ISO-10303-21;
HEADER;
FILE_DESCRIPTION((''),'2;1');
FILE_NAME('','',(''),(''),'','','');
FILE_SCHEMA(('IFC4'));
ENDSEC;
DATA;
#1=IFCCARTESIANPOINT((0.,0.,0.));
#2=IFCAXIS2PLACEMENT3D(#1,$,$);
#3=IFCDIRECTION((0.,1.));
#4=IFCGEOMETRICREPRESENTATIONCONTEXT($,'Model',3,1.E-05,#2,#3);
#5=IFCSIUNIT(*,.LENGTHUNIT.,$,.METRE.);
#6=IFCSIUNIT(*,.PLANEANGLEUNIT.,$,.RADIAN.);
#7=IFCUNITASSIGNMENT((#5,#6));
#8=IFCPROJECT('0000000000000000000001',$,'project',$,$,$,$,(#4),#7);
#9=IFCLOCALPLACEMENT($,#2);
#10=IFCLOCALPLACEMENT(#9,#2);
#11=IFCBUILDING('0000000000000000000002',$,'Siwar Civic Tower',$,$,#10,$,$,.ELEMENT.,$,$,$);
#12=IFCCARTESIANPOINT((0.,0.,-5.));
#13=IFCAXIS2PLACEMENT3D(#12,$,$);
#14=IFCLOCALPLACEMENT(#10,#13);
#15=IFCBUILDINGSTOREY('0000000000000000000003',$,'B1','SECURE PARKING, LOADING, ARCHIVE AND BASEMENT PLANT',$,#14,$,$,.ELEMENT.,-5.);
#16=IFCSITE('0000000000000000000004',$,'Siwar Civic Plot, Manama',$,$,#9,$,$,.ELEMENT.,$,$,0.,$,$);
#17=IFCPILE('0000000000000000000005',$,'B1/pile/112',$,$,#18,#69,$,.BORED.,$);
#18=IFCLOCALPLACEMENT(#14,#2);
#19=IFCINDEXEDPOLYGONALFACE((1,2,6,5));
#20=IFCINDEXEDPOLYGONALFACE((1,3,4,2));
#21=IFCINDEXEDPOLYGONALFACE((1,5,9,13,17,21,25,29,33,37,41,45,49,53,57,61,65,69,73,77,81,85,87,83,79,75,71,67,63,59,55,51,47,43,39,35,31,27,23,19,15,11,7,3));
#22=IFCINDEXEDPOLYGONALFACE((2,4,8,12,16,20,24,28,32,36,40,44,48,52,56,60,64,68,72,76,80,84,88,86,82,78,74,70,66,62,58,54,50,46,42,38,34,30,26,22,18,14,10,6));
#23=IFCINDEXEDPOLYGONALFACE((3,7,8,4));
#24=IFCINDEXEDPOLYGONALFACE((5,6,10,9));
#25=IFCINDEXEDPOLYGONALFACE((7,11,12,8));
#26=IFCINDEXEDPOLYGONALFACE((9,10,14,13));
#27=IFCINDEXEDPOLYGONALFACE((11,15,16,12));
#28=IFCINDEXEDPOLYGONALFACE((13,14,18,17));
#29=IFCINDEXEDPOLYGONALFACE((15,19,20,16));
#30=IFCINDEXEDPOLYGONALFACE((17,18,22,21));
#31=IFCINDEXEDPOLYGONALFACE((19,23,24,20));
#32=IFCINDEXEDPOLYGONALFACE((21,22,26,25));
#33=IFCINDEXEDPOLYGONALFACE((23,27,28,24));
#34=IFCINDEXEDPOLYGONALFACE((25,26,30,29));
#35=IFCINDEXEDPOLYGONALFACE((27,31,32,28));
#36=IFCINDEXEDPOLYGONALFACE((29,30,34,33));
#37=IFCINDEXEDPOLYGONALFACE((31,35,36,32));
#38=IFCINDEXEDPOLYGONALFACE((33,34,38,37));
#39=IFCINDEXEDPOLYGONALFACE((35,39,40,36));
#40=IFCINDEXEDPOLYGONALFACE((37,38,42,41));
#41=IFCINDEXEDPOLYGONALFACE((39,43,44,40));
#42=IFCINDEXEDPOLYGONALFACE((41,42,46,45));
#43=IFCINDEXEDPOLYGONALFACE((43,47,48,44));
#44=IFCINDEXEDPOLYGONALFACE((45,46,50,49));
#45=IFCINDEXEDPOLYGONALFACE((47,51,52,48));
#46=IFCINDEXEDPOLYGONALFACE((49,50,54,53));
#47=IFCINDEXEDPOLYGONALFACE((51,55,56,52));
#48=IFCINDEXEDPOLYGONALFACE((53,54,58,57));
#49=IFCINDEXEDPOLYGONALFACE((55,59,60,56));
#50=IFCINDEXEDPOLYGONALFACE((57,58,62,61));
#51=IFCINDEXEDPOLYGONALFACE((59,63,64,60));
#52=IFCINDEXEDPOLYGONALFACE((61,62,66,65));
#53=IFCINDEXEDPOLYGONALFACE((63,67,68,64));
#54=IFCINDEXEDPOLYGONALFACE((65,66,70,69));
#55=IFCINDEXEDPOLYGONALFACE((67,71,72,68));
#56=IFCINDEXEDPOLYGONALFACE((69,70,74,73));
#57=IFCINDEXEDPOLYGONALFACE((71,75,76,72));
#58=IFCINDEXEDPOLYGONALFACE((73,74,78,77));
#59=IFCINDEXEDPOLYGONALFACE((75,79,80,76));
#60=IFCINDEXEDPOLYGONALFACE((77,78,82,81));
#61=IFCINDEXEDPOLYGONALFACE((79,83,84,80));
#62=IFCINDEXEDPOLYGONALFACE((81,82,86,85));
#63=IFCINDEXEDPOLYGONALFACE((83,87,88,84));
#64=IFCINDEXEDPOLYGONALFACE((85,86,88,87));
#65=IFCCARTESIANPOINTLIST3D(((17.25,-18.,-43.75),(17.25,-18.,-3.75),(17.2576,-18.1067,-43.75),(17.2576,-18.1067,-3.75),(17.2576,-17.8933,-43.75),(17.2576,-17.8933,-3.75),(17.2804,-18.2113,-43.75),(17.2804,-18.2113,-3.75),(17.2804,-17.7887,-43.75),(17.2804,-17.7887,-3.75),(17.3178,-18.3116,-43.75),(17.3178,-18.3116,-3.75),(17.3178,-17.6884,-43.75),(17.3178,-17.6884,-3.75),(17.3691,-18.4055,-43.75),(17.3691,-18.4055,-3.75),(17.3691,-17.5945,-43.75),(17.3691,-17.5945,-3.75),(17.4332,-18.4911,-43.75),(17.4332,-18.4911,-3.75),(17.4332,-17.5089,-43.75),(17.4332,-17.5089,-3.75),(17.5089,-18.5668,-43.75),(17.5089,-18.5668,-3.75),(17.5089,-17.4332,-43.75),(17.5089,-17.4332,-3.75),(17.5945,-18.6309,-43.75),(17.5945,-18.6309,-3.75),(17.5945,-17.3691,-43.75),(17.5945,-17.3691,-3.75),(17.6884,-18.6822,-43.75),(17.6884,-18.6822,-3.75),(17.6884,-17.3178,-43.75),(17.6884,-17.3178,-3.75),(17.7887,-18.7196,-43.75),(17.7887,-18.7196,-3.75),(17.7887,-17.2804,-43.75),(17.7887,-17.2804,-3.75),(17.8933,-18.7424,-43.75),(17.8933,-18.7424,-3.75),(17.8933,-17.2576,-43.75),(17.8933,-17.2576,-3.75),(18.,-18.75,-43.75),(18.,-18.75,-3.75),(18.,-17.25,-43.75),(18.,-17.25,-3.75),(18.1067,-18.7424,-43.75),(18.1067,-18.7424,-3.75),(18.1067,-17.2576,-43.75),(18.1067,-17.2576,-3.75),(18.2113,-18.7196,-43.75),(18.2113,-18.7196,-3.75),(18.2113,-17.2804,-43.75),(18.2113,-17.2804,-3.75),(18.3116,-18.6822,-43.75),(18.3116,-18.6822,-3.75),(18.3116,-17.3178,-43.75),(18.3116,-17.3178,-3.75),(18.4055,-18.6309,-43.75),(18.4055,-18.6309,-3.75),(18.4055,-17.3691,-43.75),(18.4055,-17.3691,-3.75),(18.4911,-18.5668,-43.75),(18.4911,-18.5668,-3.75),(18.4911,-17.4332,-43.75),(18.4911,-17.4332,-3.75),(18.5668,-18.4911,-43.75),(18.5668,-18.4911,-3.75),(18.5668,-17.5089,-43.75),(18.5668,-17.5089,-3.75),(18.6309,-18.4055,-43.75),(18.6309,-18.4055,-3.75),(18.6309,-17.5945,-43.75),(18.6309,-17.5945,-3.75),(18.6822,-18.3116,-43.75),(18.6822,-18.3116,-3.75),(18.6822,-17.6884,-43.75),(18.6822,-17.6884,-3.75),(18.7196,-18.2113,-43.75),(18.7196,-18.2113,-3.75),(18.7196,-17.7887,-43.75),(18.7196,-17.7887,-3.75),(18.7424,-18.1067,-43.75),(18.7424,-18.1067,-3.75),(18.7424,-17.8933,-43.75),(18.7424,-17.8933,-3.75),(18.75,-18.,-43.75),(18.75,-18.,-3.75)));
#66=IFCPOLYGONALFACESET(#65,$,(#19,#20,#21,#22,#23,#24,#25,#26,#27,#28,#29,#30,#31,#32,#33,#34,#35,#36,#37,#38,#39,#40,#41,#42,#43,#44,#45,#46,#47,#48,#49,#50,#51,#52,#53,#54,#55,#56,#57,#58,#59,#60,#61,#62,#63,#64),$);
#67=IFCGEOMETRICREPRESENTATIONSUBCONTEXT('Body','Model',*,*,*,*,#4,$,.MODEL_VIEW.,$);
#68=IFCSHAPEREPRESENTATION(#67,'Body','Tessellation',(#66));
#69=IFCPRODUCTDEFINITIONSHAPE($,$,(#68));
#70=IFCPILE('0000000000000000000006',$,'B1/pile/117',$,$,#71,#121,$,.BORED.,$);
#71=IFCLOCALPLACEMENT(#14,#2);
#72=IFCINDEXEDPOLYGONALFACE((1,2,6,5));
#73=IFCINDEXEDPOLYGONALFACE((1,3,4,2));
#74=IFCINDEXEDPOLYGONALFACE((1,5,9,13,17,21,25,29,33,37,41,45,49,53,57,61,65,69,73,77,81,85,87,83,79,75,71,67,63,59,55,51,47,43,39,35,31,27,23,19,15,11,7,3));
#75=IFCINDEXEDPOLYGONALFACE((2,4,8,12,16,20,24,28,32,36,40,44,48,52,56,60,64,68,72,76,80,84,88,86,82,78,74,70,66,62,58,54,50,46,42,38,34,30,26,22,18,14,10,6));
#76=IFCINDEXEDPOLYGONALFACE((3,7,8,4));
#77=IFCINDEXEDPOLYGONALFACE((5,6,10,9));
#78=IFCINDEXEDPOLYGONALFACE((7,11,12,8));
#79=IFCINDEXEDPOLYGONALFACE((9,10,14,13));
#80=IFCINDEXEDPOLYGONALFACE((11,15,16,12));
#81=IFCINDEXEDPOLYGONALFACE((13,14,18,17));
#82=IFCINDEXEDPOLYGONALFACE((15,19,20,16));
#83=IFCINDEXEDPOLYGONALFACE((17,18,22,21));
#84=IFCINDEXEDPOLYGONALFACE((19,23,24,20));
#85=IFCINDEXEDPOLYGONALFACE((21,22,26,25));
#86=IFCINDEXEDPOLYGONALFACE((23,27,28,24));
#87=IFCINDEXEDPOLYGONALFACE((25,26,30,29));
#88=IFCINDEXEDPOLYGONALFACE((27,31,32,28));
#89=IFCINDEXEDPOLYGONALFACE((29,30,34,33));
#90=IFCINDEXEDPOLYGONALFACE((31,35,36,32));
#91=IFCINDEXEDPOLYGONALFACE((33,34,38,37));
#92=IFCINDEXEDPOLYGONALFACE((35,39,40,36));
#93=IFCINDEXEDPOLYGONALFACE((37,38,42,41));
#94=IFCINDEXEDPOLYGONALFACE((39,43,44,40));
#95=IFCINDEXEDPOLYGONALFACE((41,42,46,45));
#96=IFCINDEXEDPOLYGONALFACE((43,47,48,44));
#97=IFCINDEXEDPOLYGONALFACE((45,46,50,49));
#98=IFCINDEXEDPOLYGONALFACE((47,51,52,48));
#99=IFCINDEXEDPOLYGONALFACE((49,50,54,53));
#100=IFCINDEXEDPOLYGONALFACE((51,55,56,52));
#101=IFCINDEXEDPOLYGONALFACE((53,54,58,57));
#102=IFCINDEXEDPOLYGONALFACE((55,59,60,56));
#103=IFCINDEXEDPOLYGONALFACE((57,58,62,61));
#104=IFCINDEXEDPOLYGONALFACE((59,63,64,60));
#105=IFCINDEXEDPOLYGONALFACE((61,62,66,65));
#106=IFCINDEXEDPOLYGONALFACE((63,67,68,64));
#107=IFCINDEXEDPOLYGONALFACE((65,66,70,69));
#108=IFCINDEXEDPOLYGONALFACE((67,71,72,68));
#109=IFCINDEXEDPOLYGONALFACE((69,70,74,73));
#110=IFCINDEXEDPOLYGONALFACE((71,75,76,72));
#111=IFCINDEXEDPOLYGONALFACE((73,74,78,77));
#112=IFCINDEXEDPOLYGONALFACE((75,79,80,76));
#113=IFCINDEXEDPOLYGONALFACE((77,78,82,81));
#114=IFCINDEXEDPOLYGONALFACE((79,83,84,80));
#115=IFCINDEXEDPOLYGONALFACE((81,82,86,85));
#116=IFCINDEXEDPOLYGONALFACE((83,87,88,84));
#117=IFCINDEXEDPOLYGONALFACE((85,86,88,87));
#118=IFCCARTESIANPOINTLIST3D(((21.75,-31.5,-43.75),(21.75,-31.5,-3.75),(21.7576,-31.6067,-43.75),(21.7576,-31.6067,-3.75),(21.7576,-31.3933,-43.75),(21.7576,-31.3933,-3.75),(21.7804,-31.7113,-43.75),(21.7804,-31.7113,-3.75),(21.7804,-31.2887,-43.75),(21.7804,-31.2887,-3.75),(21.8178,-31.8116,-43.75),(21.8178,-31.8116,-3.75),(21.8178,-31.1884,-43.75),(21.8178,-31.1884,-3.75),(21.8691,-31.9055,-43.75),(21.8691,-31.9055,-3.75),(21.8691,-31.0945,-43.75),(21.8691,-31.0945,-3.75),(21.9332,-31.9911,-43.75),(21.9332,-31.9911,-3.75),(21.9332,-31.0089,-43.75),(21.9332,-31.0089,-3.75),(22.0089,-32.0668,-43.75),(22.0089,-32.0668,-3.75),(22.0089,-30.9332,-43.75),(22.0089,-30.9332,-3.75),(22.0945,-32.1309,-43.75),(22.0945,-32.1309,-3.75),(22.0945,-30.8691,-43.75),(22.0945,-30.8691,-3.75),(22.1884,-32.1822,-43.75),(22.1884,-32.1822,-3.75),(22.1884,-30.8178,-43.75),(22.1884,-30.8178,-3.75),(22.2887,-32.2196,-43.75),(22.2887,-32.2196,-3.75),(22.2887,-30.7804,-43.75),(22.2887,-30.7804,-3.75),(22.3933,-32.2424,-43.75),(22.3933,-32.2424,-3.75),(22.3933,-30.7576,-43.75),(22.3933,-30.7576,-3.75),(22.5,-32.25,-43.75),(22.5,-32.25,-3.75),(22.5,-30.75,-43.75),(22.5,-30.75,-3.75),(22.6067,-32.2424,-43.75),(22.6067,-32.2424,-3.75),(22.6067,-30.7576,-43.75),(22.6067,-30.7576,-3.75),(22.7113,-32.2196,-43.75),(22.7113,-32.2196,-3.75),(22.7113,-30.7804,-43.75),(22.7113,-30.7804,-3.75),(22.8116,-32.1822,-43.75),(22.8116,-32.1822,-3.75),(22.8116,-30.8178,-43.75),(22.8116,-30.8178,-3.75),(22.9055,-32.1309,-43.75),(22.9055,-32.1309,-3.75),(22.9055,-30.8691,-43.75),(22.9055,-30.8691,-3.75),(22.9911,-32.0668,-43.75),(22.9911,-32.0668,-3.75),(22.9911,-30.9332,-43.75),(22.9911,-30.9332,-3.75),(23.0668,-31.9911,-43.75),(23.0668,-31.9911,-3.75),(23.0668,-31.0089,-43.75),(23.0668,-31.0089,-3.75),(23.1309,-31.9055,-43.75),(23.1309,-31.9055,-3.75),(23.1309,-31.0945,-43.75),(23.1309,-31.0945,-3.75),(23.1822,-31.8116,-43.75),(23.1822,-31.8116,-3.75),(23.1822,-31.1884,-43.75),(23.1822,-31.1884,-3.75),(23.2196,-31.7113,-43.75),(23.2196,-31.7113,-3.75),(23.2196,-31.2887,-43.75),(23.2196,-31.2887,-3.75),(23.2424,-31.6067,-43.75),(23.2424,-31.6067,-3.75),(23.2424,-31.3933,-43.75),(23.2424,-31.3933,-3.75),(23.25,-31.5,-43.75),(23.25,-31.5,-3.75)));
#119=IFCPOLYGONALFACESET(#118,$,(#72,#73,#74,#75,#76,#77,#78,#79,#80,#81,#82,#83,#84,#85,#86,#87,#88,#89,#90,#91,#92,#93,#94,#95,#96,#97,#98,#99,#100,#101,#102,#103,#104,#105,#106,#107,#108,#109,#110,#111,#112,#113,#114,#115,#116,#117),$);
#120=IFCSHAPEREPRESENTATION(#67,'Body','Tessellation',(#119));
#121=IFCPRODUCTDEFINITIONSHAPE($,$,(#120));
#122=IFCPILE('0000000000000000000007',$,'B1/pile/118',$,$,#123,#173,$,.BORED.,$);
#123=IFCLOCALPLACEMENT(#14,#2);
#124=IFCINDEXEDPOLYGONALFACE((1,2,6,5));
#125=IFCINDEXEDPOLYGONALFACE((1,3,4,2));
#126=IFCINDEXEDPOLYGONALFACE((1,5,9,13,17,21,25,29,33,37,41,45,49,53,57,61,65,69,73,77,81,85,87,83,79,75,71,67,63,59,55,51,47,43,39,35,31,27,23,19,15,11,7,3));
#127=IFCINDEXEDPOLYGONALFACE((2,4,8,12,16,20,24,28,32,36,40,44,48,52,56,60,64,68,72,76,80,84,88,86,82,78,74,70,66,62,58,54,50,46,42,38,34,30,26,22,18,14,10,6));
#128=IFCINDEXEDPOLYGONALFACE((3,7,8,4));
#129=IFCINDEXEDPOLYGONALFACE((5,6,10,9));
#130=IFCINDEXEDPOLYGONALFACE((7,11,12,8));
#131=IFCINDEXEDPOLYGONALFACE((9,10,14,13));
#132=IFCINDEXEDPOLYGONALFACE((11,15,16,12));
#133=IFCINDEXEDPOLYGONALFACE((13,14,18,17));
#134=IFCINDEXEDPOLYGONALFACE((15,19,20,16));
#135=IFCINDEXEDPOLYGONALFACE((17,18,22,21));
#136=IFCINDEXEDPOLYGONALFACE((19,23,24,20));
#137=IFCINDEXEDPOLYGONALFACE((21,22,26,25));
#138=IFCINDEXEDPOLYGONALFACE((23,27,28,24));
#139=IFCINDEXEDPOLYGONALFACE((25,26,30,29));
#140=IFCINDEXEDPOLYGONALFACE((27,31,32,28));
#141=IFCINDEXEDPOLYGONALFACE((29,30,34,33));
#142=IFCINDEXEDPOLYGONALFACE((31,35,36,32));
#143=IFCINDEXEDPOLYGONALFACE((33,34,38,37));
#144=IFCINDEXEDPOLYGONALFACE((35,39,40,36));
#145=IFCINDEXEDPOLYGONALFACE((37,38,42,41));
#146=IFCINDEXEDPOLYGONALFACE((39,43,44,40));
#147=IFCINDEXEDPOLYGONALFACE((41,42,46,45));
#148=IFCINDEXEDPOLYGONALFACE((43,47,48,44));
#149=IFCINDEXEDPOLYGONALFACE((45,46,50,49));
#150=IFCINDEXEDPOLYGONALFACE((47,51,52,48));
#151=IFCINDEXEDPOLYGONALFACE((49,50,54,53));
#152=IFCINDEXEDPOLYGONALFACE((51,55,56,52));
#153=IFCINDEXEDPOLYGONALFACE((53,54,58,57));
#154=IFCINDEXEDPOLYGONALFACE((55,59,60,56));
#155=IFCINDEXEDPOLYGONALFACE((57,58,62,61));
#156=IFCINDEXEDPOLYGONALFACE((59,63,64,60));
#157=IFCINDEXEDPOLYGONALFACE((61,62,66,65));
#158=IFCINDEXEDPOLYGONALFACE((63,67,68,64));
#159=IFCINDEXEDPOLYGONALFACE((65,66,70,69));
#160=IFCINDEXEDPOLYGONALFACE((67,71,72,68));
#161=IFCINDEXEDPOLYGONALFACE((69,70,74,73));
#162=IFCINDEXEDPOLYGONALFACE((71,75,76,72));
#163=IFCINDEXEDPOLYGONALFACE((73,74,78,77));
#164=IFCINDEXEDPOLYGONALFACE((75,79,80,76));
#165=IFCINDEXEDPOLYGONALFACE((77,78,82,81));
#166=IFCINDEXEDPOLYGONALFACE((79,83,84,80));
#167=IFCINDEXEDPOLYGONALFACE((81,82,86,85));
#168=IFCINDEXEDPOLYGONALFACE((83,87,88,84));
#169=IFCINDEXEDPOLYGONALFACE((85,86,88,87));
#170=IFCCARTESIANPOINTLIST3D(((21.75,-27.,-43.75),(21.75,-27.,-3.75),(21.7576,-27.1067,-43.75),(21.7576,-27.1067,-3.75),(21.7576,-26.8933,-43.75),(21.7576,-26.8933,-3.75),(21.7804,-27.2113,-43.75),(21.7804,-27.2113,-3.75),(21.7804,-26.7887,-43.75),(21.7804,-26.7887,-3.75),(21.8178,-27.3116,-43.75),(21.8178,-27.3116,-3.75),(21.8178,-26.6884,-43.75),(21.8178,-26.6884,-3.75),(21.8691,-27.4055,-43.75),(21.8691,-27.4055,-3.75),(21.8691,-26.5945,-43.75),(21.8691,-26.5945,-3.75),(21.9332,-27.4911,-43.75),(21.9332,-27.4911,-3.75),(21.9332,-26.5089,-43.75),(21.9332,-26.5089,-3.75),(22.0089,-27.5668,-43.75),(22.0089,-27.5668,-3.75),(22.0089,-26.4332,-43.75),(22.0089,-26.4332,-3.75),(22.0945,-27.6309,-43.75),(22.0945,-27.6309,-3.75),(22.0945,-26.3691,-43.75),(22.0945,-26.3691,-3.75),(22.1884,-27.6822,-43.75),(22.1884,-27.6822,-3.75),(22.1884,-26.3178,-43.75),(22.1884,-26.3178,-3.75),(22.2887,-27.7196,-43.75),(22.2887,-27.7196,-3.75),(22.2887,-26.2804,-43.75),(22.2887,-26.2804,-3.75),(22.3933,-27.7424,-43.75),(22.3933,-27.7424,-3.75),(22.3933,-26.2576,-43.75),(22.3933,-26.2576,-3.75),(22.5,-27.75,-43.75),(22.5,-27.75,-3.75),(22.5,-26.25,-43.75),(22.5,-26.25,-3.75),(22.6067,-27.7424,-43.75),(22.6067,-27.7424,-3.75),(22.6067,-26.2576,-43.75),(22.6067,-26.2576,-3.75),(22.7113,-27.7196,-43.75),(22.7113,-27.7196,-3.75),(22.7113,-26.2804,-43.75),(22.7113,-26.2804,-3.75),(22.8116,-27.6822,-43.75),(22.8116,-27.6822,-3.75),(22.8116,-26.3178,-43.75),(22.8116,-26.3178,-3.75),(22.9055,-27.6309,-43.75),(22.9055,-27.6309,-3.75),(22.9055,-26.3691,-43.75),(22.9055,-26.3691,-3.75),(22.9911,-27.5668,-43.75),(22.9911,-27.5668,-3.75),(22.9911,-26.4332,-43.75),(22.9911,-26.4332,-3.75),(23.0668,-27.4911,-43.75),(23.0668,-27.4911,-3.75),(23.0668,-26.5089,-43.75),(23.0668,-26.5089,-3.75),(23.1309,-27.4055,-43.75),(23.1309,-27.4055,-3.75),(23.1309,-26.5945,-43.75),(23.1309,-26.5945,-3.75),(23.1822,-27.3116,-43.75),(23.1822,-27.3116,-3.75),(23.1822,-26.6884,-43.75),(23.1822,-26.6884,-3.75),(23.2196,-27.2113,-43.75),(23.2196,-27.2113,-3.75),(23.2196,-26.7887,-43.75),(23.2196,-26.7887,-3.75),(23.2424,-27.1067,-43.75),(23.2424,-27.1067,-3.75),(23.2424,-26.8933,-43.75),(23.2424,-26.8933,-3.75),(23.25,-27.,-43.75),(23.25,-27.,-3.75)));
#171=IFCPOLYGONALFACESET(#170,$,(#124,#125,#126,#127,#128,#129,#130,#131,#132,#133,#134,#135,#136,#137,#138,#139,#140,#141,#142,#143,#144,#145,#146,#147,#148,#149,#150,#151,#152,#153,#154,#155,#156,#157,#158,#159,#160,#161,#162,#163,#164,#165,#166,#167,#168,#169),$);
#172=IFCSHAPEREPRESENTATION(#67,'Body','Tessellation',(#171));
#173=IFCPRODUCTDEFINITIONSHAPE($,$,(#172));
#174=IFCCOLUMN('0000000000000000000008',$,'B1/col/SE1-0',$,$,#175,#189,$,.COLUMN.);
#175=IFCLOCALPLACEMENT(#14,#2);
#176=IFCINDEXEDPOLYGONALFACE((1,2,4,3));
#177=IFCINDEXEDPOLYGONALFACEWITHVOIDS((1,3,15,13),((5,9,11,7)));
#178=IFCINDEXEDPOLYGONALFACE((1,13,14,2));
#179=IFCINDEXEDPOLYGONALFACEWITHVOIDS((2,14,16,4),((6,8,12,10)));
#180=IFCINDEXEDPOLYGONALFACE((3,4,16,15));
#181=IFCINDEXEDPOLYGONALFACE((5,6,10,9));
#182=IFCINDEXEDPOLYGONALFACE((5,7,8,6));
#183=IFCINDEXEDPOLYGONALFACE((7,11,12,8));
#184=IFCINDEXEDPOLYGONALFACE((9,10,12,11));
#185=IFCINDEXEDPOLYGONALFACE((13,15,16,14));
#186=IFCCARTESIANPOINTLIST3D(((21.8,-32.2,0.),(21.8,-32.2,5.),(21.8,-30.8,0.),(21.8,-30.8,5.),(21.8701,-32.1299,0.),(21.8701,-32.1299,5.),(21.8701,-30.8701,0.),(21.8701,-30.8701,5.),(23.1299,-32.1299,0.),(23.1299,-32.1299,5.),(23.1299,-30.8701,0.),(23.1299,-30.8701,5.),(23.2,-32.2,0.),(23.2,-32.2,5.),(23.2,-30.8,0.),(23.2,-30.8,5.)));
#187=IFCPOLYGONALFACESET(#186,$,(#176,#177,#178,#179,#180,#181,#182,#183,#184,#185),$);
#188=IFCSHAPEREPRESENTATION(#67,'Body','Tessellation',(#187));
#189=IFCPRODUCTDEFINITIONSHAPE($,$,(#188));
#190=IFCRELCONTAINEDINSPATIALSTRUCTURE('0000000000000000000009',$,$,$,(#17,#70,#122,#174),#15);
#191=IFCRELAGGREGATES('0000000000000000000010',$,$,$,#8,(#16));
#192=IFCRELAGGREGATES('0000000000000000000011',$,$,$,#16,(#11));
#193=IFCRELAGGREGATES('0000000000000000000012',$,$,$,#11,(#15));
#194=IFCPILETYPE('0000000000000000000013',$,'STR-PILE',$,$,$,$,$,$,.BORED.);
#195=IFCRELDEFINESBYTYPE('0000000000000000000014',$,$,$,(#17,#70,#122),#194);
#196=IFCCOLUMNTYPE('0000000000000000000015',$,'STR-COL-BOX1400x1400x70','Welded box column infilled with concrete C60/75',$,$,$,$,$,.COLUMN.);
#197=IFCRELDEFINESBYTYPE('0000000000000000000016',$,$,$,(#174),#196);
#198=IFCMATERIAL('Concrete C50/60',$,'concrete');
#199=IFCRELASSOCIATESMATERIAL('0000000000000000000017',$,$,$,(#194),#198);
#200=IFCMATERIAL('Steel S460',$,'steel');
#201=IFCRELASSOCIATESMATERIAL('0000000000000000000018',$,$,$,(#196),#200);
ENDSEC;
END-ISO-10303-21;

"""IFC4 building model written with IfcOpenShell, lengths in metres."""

from ifc_helpers import new_model, si_unit, direction, frame, origin, origin_2d, place, context, subcontext, project, spatial, hollow_rectangle, circle, extrude, material, material_profile, profile_set, type_object, element, save


model = new_model("IFC4")

# Units and contexts
model_context = context("Model", 3, precision=1e-05, world=origin(), true_north=direction((0.0, 1.0)))
body_context = subcontext(model_context, "Body", "Model", "MODEL_VIEW")
ifc_project = project(units=[si_unit("LENGTHUNIT", "METRE"), si_unit("PLANEANGLEUNIT", "RADIAN")], contexts=[model_context])

# Site, building, storey
site_placement = place(None, origin())
site = spatial("IfcSite", under=ifc_project, at=site_placement, Name="Siwar Civic Plot, Manama", CompositionType="ELEMENT", RefElevation=0.0)
building_placement = place(site_placement, origin())
building = spatial("IfcBuilding", under=site, at=building_placement, Name="Siwar Civic Tower", CompositionType="ELEMENT")
storey_placement = place(building_placement, frame((0.0, 0.0, -5.0)))
storey = spatial("IfcBuildingStorey", under=building, at=storey_placement, Name="B1", Description="SECURE PARKING, LOADING, ARCHIVE AND BASEMENT PLANT", CompositionType="ELEMENT", Elevation=-5.0)

# Piles
ifc_material_1 = material(Name="Concrete C50/60", Category="concrete")
ifc_material_profile_1 = material_profile(ifc_material_1, circle(Radius=0.75, at=origin_2d()), Name="PILE1500")
ifc_profile_set_1 = profile_set([ifc_material_profile_1], Name="Concrete C50/60")
pile_type = type_object("IfcPileType", Name="STR-PILE", PredefinedType="BORED", material=ifc_profile_set_1)
for number, where, z_axis, x_axis, name in (
    (1, (18.0, -18.0, -3.75), (0.0, 0.0, -1.0), (1.0, 0.0, 0.0), "B1/pile/112"),
    (2, (22.5, -31.5, -3.75), (0.0, 0.0, -1.0), (1.0, 0.0, 0.0), "B1/pile/117"),
    (3, (22.5, -27.0, -3.75), (0.0, 0.0, -1.0), (1.0, 0.0, 0.0), "B1/pile/118"),
):
    element("IfcPile", number, at=place(storey_placement, frame(where, z_axis=z_axis, x_axis=x_axis)), inside=storey, type_object=pile_type, Name=name, PredefinedType="BORED", context=body_context, shape_type="SweptSolid", body=[
        extrude(circle(Radius=0.75, at=origin_2d()), origin(), (0.0, 0.0, 1.0), 40.0),
    ])

# Column
ifc_material_2 = material(Name="Steel S460", Category="steel")
ifc_material_profile_2 = material_profile(ifc_material_2, hollow_rectangle(XDim=1.3999, YDim=1.3999, WallThickness=0.0701, at=origin_2d()), Name="BOX1400x1400x70")
ifc_profile_set_2 = profile_set([ifc_material_profile_2], Name="Steel S460")
column_type = type_object("IfcColumnType", Name="STR-COL-BOX1400x1400x70", Description="Welded box column infilled with concrete C60/75", PredefinedType="COLUMN", material=ifc_profile_set_2)
column_placement = place(storey_placement, frame((22.5, -31.5, 0.0), z_axis=(0.0, 0.0, 1.0), x_axis=(1.0, 0.0, 0.0)))
element("IfcColumn", 4, at=column_placement, inside=storey, type_object=column_type, Name="B1/col/SE1-0", PredefinedType="COLUMN", context=body_context, shape_type="SweptSolid", body=[
    extrude(hollow_rectangle(XDim=1.3999, YDim=1.3999, WallThickness=0.0701, at=origin_2d()), origin(), (0.0, 0.0, 1.0), 5.0),
])

save(model, "model.ifc")
